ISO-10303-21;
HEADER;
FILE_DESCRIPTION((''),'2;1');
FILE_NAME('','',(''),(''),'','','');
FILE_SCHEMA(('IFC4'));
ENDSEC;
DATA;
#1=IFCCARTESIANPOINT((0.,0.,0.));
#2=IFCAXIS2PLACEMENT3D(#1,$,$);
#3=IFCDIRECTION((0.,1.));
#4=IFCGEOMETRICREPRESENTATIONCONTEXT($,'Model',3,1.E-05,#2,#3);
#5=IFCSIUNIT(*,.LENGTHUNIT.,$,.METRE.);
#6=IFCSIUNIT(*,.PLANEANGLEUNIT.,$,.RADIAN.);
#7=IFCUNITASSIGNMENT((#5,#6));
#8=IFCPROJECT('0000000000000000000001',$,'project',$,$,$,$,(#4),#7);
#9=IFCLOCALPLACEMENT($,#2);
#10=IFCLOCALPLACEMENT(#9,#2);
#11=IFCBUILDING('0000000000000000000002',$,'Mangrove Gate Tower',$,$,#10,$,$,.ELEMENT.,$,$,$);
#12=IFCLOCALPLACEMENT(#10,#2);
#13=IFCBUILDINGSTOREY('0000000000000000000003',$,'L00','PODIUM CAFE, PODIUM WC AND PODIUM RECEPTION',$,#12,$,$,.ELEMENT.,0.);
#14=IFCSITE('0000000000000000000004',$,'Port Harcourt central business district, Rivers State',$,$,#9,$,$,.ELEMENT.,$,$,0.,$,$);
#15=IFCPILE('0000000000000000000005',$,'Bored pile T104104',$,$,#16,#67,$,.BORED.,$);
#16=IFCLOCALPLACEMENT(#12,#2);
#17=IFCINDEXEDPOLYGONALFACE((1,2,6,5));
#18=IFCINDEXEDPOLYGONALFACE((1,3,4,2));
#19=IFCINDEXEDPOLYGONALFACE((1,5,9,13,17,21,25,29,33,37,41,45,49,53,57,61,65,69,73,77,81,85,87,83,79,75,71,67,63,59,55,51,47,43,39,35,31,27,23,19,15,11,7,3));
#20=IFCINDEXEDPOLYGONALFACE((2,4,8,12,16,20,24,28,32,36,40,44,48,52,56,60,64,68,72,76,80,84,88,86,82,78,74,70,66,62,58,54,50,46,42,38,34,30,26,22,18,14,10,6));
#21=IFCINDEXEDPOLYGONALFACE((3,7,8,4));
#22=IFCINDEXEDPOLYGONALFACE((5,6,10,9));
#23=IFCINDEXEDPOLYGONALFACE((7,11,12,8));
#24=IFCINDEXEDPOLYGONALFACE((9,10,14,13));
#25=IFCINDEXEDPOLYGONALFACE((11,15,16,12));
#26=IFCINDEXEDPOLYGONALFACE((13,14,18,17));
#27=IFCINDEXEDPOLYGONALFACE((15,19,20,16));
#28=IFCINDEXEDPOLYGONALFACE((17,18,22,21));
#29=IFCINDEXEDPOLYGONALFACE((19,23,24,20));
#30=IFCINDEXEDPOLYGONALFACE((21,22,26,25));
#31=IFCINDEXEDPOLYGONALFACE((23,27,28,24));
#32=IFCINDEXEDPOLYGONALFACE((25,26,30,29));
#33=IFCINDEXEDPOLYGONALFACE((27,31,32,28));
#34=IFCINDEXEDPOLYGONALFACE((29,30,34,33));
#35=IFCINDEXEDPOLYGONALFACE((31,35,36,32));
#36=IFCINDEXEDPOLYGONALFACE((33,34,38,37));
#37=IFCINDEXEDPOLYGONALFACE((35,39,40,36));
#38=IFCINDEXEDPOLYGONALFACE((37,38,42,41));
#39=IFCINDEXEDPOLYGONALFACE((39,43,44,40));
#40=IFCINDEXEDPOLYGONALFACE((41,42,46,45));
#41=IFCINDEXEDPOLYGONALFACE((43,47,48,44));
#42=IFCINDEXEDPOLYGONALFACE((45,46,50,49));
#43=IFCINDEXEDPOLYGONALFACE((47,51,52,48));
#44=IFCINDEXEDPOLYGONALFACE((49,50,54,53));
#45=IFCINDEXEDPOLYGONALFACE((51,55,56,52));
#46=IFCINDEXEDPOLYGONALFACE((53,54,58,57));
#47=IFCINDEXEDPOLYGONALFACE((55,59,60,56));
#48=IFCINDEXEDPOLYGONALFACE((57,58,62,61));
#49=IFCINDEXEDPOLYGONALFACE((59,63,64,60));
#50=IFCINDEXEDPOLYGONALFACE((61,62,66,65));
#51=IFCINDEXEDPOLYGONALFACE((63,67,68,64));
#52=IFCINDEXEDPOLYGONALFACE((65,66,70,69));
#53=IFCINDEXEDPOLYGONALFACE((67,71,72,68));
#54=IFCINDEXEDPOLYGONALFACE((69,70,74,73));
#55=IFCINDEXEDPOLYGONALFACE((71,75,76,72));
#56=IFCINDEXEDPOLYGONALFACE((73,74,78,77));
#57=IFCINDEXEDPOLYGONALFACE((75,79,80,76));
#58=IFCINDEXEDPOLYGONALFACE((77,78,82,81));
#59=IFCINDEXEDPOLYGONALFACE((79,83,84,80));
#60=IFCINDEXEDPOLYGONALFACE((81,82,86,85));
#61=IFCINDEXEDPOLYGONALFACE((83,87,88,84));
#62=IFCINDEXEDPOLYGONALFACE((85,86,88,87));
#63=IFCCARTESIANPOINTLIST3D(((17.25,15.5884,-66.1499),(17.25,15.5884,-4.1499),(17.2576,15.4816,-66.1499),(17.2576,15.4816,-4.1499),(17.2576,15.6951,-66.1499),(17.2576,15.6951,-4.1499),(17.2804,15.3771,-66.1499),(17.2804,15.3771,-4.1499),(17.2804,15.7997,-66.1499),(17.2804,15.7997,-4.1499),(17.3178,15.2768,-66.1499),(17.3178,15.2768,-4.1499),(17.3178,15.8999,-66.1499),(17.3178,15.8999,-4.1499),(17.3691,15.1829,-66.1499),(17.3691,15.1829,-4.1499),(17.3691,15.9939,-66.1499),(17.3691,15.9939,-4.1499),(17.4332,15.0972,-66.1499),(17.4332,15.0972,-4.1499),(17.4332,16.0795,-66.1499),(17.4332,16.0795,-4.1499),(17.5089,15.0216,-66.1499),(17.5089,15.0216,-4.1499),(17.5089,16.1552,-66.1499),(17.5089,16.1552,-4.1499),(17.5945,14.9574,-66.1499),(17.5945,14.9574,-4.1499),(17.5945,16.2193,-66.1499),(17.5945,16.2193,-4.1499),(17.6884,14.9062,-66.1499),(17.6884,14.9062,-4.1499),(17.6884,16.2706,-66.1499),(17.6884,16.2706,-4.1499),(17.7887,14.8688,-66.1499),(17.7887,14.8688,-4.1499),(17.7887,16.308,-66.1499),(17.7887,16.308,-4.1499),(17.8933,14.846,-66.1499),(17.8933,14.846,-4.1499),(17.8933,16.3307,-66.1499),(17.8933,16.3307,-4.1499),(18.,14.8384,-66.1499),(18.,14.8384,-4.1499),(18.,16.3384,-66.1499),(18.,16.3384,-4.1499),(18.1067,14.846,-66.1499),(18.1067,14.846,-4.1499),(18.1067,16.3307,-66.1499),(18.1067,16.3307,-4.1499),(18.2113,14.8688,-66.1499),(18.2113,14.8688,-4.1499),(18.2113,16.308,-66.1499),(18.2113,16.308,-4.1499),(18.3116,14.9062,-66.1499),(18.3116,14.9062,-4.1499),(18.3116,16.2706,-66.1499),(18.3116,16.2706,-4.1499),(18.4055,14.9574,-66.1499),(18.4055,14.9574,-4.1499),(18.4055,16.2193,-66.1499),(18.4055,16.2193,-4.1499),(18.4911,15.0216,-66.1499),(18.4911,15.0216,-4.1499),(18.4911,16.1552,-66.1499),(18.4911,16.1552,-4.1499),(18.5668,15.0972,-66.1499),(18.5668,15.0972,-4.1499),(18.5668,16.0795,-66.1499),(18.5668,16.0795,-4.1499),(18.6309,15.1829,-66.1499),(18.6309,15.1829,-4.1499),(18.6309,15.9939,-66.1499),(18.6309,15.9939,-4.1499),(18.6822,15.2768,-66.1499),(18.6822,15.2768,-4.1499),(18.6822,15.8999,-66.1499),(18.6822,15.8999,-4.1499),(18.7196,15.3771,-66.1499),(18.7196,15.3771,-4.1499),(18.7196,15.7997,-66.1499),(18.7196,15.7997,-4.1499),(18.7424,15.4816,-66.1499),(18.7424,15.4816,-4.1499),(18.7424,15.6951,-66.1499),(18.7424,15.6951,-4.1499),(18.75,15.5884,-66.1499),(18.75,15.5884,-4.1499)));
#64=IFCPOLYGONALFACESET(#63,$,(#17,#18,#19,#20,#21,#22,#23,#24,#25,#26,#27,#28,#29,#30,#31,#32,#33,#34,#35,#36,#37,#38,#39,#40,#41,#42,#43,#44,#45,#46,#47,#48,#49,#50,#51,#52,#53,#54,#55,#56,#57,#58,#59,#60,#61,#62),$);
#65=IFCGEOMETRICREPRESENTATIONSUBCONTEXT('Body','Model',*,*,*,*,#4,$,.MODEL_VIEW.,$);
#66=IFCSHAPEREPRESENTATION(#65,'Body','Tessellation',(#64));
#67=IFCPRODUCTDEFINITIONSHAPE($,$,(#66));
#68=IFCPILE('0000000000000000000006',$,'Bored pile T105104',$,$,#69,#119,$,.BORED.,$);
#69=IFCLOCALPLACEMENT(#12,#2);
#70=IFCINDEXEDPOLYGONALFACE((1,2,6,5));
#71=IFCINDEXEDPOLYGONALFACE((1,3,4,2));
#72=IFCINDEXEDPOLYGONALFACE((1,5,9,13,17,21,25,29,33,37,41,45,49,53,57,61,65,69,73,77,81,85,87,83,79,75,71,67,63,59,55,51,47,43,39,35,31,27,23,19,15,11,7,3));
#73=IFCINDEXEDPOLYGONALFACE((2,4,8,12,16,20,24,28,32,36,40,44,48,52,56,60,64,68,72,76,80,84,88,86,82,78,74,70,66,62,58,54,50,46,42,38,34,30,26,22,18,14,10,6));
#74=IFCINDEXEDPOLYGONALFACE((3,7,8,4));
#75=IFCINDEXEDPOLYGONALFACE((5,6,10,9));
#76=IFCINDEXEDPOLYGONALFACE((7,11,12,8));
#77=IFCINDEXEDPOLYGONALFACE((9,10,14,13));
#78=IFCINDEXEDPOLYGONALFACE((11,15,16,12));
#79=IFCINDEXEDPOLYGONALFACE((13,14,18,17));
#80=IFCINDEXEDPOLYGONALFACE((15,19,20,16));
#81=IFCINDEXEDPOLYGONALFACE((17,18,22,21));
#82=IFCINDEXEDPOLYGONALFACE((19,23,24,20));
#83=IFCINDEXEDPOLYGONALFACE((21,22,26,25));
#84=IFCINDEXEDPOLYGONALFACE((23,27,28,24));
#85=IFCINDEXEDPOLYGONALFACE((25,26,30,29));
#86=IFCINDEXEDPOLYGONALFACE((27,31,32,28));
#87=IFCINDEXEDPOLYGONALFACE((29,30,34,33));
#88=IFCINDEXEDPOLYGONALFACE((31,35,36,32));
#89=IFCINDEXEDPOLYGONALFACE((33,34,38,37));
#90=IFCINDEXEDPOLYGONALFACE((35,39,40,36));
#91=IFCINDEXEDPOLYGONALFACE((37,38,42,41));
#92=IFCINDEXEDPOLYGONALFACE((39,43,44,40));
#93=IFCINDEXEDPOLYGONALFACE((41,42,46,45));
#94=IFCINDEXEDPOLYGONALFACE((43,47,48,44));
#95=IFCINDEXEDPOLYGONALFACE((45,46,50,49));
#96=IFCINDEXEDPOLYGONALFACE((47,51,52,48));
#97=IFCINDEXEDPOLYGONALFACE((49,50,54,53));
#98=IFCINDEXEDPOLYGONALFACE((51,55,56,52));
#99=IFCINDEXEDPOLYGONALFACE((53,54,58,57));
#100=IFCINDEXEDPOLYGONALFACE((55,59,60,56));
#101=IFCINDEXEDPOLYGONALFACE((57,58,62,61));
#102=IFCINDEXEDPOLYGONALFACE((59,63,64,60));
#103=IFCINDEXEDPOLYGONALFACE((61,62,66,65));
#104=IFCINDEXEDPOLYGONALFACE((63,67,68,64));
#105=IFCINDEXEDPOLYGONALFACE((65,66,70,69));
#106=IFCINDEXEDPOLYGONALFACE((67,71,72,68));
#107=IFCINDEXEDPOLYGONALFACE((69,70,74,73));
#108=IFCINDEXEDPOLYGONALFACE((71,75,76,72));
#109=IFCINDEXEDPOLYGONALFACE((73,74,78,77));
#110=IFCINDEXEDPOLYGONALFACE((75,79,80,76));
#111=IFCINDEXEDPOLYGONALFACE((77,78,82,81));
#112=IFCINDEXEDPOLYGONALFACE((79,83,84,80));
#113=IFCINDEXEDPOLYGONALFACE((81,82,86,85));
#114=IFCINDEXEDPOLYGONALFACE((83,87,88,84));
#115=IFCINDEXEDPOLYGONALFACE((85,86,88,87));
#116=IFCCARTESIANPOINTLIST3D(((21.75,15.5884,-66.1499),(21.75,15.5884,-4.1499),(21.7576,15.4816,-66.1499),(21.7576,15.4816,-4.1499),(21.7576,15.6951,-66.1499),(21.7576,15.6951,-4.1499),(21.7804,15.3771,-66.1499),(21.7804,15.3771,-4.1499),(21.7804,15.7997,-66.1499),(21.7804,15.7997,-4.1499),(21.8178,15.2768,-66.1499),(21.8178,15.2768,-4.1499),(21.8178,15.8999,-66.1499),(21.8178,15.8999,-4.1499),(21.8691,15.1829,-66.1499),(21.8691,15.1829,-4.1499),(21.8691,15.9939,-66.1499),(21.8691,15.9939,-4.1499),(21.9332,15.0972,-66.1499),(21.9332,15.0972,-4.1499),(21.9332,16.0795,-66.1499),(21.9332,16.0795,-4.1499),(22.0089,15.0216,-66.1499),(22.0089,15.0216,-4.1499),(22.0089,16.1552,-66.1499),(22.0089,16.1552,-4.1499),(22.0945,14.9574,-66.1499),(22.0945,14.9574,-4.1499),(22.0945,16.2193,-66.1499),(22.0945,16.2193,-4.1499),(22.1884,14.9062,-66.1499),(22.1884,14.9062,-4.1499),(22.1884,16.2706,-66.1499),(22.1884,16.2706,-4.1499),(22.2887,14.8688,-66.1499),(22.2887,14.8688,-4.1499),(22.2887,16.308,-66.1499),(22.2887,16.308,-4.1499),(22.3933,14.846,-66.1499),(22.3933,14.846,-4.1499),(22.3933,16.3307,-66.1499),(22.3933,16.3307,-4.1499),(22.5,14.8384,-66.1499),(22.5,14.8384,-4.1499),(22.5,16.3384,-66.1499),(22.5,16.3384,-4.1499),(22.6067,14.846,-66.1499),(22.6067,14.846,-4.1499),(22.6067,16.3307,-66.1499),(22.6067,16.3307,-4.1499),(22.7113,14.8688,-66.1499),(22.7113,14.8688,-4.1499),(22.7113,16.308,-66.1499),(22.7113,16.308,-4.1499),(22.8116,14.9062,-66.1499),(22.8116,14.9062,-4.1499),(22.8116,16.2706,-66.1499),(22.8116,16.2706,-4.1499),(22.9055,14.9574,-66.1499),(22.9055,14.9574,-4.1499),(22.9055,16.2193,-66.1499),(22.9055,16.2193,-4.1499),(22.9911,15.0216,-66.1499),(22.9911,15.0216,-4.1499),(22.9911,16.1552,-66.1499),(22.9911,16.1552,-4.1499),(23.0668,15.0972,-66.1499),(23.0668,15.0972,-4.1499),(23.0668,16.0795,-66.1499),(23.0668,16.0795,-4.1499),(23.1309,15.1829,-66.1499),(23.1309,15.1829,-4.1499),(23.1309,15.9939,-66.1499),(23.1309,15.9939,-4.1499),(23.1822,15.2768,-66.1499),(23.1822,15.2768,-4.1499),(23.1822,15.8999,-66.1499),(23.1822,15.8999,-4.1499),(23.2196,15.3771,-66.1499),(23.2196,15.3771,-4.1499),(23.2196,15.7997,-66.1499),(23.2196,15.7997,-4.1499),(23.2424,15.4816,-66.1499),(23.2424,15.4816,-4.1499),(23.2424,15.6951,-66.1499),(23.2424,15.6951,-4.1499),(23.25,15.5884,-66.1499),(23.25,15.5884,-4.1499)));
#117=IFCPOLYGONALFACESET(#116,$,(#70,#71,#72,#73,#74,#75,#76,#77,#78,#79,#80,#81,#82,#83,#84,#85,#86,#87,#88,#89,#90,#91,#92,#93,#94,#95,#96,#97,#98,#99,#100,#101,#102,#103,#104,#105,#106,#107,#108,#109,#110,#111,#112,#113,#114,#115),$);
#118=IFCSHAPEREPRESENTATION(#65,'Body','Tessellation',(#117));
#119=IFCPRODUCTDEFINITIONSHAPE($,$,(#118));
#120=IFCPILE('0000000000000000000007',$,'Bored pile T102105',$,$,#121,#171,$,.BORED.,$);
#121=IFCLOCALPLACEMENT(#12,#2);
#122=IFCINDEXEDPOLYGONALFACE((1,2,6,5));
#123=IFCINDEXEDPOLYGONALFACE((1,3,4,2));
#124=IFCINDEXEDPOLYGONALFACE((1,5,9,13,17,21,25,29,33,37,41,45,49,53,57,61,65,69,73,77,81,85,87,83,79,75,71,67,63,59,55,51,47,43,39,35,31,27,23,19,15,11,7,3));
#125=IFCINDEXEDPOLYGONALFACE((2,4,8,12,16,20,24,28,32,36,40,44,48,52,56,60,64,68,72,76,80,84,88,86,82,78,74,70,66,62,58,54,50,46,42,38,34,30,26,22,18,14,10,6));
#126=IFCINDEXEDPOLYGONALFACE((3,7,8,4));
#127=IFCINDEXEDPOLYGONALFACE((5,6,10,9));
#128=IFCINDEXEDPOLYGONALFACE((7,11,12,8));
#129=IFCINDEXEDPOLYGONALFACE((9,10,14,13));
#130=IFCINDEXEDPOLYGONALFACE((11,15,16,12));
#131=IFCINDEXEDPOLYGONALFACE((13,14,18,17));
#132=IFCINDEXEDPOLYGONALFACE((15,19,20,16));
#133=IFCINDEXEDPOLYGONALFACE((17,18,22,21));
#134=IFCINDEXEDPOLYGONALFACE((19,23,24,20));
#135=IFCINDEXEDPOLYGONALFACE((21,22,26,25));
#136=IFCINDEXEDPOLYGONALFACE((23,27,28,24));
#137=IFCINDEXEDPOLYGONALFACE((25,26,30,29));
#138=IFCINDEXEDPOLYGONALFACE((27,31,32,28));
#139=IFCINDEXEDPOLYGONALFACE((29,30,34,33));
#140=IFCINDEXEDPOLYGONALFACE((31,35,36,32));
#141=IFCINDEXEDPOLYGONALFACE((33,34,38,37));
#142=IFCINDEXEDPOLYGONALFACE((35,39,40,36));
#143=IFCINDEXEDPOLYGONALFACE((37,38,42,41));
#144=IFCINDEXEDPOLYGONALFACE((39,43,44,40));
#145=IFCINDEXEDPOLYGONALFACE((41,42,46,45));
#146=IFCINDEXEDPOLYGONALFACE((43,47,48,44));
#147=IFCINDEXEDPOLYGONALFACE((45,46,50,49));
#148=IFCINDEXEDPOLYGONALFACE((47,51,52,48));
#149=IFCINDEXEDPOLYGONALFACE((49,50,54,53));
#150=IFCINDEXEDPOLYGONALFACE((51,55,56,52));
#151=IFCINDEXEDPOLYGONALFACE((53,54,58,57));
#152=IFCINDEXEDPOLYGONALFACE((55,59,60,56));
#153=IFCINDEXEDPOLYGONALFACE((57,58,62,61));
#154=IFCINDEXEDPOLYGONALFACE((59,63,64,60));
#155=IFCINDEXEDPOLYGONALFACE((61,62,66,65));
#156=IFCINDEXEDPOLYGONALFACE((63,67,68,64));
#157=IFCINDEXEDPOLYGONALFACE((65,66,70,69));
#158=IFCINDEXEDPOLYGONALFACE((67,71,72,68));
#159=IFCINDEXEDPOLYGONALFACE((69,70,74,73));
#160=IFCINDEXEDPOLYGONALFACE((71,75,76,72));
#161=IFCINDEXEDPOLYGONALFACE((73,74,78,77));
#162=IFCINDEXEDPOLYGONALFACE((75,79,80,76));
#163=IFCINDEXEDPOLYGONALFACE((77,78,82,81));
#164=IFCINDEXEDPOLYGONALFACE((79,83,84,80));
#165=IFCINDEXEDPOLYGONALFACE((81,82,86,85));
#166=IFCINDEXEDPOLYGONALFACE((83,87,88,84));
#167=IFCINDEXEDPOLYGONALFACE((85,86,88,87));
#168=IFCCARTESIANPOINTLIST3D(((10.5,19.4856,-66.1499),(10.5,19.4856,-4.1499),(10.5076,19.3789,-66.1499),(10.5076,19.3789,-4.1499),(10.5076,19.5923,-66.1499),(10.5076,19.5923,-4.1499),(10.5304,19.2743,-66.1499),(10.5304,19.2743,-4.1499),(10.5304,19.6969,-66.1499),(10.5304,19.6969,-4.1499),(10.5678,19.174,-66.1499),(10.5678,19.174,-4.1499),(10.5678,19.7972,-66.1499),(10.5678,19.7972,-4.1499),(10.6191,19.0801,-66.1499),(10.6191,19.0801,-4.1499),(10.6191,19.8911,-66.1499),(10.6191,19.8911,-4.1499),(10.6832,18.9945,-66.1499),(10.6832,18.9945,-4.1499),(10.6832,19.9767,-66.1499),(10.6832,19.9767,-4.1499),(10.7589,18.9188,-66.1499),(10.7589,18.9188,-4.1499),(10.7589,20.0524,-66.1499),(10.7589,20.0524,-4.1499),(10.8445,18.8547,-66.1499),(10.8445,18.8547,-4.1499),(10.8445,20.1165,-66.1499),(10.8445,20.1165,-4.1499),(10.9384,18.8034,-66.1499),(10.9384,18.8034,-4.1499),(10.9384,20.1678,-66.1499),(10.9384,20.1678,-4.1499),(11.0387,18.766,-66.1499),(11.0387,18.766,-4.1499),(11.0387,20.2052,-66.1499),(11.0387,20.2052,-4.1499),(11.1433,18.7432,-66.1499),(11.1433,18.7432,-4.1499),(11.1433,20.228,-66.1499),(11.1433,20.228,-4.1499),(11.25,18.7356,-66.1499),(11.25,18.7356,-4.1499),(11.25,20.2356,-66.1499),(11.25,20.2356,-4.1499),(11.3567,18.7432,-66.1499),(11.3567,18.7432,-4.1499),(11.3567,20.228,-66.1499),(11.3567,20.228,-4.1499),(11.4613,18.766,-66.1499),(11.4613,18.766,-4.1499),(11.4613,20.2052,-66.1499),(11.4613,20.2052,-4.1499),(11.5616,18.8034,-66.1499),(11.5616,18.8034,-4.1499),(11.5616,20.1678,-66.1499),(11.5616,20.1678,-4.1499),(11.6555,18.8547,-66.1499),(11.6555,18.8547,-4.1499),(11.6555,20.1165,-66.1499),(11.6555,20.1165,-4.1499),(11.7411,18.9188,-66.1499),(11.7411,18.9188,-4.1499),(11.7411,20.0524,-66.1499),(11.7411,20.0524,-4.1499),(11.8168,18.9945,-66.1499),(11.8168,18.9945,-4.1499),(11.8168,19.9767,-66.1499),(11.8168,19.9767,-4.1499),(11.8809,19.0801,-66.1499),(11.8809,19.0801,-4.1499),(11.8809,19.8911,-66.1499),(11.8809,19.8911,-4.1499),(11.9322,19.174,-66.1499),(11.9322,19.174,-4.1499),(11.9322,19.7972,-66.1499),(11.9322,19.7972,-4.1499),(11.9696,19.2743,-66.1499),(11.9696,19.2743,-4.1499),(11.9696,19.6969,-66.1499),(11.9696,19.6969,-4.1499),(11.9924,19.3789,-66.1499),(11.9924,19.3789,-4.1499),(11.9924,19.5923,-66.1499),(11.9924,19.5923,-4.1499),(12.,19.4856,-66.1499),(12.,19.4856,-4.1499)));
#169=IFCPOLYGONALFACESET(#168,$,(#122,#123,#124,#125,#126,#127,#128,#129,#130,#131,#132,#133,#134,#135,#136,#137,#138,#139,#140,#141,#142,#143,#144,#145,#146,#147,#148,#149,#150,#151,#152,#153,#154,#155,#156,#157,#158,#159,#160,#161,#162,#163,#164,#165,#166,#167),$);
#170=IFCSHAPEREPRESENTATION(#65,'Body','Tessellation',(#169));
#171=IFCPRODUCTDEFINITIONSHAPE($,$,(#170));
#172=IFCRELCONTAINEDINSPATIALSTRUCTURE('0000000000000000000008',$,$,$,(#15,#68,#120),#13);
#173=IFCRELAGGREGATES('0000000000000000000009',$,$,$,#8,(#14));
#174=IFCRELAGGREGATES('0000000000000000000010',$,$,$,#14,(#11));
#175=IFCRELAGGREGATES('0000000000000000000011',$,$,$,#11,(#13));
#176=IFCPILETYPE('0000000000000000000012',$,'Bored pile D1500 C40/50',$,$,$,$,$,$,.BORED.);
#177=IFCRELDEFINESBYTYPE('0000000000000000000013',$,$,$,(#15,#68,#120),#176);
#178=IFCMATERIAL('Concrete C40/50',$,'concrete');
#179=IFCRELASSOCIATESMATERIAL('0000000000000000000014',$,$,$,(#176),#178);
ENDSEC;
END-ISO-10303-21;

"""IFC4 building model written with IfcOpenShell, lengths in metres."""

from ifc_helpers import new_model, si_unit, direction, frame, origin, origin_2d, place, context, subcontext, project, spatial, circle, extrude, material, material_profile, profile_set, type_object, element, save


model = new_model("IFC4")

# Units and contexts
model_context = context("Model", 3, precision=1e-05, world=origin(), true_north=direction((0.0, 1.0)))
body_context = subcontext(model_context, "Body", "Model", "MODEL_VIEW")
ifc_project = project(units=[si_unit("LENGTHUNIT", "METRE"), si_unit("PLANEANGLEUNIT", "RADIAN")], contexts=[model_context])

# Site, building, storey
site_placement = place(None, origin())
site = spatial("IfcSite", under=ifc_project, at=site_placement, Name="Port Harcourt central business district, Rivers State", CompositionType="ELEMENT", RefElevation=0.0)
building_placement = place(site_placement, origin())
building = spatial("IfcBuilding", under=site, at=building_placement, Name="Mangrove Gate Tower", CompositionType="ELEMENT")
storey_placement = place(building_placement, origin())
storey = spatial("IfcBuildingStorey", under=building, at=storey_placement, Name="L00", Description="PODIUM CAFE, PODIUM WC AND PODIUM RECEPTION", CompositionType="ELEMENT", Elevation=0.0)

# Piles
ifc_material_1 = material(Name="Concrete C40/50", Category="concrete")
ifc_material_profile_1 = material_profile(ifc_material_1, circle(Radius=0.75, at=origin_2d()))
ifc_profile_set_1 = profile_set([ifc_material_profile_1], Name="Concrete C40/50")
pile_type = type_object("IfcPileType", Name="Bored pile D1500 C40/50", PredefinedType="BORED", material=ifc_profile_set_1)
for number, where, z_axis, x_axis, name in (
    (1, (18.0, 15.5884, -4.1499), (0.0, 0.0, -1.0), (1.0, 0.0, 0.0), "Bored pile T104104"),
    (2, (22.5, 15.5884, -4.1499), (0.0, 0.0, -1.0), (1.0, 0.0, 0.0), "Bored pile T105104"),
    (3, (11.25, 19.4856, -4.1499), (0.0, 0.0, -1.0), (1.0, 0.0, 0.0), "Bored pile T102105"),
):
    element("IfcPile", number, at=place(storey_placement, frame(where, z_axis=z_axis, x_axis=x_axis)), inside=storey, type_object=pile_type, Name=name, PredefinedType="BORED", context=body_context, shape_type="SweptSolid", body=[
        extrude(circle(Radius=0.75, at=origin_2d()), origin(), (0.0, 0.0, 1.0), 62.0),
    ])

save(model, "model.ifc")
